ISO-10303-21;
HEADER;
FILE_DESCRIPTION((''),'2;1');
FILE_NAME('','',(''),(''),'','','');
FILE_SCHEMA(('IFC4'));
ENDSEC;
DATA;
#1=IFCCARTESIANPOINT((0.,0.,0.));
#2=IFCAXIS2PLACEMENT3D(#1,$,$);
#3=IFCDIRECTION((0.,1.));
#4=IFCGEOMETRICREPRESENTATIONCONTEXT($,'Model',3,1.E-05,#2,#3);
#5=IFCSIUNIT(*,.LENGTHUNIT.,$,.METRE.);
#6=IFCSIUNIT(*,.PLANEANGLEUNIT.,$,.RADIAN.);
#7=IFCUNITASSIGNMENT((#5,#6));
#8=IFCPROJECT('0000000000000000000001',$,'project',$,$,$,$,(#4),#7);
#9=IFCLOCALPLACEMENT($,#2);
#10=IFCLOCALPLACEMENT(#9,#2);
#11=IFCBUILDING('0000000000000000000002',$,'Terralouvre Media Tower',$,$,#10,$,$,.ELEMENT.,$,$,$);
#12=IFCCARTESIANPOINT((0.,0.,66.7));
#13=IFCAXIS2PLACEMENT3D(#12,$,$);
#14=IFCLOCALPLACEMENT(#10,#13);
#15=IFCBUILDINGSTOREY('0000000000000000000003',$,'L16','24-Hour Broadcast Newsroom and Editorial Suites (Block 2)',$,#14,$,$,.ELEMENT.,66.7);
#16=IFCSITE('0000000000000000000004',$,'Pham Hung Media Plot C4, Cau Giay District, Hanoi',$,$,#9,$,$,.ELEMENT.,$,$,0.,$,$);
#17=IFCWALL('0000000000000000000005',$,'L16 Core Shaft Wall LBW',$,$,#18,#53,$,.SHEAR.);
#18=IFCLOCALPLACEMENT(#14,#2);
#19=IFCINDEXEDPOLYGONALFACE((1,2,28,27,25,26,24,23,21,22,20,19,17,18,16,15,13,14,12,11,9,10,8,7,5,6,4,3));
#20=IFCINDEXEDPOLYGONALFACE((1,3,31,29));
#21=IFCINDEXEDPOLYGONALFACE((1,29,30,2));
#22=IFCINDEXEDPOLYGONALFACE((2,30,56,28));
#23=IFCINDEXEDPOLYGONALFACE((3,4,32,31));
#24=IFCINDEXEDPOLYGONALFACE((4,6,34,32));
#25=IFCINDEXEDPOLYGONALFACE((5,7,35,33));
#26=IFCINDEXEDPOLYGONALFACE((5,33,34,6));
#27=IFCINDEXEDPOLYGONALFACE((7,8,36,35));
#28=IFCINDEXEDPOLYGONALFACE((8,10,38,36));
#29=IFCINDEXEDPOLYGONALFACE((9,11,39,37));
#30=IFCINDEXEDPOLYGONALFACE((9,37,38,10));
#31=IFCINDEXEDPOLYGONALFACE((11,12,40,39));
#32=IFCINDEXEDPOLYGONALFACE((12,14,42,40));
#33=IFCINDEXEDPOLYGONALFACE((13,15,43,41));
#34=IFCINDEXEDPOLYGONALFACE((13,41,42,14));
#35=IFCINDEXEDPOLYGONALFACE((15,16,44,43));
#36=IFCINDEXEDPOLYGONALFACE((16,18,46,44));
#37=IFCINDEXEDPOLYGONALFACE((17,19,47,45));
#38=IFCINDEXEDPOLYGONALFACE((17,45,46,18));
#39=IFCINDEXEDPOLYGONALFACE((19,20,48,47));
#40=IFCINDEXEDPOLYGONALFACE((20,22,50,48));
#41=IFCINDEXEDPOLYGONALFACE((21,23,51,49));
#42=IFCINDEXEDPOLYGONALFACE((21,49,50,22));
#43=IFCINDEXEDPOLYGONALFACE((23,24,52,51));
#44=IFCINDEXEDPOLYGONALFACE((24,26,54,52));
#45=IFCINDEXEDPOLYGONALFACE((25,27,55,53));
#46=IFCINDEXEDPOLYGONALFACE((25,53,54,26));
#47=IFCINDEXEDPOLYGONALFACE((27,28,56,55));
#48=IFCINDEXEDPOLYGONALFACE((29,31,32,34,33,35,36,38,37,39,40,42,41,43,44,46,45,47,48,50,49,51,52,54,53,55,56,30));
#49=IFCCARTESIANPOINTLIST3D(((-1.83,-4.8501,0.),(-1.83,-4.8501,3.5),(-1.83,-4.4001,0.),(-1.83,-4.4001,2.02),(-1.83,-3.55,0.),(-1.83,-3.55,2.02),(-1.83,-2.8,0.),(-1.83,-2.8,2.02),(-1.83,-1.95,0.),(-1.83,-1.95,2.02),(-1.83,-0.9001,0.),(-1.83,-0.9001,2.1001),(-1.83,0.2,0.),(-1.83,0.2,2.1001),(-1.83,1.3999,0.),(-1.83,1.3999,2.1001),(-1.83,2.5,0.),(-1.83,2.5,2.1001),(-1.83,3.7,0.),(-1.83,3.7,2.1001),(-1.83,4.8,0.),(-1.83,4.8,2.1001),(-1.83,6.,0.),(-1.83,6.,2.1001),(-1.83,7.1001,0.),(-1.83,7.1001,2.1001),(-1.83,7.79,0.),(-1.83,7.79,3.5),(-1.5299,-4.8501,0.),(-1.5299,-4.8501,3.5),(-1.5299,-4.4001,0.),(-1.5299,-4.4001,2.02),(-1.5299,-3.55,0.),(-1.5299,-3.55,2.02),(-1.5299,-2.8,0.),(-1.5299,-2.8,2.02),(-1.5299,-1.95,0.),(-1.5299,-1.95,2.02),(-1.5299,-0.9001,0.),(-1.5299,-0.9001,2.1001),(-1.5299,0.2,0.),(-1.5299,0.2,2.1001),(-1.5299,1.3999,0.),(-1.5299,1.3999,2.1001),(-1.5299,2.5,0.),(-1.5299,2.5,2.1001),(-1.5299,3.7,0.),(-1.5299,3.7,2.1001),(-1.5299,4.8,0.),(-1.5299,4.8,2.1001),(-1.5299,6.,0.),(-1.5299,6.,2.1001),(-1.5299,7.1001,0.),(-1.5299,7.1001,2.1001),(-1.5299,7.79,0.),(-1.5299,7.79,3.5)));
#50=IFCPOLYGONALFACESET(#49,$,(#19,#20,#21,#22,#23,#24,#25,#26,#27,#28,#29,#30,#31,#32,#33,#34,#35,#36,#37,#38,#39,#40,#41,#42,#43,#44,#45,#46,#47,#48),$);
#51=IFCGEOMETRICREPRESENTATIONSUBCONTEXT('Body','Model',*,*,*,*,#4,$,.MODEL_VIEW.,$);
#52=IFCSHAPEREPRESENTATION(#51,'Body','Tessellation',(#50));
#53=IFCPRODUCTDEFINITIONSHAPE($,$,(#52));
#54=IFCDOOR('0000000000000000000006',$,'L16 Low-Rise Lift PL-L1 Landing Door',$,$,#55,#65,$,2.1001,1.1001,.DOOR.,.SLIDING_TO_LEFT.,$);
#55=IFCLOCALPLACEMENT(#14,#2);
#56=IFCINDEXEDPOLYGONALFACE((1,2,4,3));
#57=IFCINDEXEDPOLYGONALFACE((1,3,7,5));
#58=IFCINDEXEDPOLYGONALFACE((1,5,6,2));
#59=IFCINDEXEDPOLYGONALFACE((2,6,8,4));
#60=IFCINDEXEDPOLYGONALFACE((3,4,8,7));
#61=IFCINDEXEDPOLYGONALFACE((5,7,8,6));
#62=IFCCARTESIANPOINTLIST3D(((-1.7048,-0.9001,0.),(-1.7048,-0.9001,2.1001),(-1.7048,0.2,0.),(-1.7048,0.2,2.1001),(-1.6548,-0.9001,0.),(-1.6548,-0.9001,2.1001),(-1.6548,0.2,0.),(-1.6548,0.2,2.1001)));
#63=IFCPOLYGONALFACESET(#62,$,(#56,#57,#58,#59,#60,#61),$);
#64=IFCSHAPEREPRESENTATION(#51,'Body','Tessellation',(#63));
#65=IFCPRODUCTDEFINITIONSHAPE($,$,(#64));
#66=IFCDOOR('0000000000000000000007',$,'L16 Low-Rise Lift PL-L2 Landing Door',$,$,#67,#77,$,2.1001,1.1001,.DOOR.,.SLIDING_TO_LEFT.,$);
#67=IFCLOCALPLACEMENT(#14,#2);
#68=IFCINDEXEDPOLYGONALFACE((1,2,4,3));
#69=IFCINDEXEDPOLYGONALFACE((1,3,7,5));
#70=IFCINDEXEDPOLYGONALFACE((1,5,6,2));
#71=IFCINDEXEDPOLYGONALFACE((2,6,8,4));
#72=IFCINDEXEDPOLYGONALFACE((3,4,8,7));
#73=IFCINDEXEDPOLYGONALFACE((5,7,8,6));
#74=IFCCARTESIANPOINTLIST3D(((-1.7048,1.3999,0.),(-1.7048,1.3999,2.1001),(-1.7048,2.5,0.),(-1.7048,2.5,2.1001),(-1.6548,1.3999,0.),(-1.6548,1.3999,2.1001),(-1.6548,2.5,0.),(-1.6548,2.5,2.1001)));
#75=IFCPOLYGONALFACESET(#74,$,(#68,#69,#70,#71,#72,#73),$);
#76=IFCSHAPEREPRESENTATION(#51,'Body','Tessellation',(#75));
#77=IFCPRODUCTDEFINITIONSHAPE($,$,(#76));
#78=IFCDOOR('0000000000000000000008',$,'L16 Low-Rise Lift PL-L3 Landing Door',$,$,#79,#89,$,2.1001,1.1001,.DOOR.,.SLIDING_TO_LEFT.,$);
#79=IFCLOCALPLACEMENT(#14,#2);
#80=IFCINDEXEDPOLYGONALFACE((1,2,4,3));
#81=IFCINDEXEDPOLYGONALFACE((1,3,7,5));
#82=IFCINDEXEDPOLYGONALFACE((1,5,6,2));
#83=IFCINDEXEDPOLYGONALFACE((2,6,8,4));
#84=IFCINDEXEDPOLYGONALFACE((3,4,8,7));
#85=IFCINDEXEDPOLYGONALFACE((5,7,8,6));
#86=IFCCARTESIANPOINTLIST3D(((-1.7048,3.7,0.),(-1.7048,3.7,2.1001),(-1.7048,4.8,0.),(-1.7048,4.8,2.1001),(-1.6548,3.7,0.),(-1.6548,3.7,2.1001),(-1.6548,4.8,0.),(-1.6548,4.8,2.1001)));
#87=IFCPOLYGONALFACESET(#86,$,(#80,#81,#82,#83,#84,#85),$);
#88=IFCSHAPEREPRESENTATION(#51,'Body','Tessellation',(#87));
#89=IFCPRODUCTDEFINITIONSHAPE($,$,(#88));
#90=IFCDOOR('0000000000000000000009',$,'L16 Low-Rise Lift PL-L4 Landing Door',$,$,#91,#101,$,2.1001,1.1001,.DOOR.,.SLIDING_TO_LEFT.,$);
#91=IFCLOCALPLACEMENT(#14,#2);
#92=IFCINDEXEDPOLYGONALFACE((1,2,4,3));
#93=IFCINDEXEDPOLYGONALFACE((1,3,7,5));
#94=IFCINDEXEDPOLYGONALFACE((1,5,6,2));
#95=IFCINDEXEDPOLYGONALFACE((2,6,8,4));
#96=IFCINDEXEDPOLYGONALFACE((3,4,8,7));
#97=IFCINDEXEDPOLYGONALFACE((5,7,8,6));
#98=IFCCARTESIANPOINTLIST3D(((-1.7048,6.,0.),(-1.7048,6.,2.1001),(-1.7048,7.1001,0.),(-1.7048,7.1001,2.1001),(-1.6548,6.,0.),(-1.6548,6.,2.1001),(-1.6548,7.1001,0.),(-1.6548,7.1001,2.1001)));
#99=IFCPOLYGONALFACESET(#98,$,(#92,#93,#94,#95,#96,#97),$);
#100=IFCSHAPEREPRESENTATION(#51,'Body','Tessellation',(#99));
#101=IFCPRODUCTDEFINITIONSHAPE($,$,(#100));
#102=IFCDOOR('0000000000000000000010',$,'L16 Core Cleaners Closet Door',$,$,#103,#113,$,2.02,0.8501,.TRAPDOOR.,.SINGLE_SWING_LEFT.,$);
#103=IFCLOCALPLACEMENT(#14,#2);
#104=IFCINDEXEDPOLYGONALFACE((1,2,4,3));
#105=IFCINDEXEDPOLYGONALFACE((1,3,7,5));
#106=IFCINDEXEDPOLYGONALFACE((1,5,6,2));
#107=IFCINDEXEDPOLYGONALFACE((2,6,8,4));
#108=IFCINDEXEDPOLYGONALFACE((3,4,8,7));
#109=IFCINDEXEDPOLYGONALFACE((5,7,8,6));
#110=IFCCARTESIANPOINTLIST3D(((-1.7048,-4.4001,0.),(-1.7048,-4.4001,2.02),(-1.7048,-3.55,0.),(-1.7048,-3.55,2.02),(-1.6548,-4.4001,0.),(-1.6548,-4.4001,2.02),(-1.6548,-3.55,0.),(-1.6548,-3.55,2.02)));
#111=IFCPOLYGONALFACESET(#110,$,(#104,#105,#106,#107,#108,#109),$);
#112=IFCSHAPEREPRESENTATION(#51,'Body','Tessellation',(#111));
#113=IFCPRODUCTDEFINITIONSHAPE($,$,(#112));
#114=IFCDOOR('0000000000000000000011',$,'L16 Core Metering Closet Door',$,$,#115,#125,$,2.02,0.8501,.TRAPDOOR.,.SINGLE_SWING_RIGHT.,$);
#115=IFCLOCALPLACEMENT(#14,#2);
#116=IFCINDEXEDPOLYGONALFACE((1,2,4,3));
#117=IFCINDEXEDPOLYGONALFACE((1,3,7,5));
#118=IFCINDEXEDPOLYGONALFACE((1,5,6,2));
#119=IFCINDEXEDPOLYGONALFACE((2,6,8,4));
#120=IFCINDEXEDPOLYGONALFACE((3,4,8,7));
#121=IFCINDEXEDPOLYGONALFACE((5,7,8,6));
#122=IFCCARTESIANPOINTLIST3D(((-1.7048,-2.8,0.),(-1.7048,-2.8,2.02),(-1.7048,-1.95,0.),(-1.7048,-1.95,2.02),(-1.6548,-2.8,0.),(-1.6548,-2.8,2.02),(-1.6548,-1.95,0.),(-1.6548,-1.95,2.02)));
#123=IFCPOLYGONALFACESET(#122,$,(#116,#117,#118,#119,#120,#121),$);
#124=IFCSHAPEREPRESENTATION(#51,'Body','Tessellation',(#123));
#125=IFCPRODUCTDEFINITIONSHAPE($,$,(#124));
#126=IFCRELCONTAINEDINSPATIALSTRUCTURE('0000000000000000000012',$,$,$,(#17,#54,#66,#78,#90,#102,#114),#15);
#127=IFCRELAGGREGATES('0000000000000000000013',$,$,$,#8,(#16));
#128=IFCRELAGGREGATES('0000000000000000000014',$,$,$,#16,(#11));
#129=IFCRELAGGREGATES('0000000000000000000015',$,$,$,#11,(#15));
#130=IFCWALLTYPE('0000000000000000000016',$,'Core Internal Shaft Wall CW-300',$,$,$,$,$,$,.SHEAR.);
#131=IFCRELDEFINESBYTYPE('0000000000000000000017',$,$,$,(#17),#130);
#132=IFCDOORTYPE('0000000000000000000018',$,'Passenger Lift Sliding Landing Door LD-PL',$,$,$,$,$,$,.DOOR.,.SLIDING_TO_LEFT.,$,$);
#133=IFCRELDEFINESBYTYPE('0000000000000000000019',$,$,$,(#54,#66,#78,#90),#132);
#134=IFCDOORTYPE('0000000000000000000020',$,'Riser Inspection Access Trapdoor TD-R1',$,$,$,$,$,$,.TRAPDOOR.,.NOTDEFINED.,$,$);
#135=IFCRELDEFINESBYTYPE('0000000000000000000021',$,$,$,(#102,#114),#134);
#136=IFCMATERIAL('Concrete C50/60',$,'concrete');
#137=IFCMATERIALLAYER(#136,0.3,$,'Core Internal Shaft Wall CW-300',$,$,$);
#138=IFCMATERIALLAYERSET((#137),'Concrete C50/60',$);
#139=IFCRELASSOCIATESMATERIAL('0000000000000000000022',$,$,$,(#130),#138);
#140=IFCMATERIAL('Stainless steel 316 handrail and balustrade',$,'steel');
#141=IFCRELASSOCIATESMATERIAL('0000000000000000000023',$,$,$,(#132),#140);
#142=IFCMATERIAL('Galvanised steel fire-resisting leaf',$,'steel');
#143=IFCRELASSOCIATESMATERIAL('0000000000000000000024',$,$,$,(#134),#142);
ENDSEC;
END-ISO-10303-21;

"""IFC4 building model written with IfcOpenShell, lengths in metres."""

from ifc_helpers import new_model, si_unit, direction, frame, frame_2d, origin, place, context, subcontext, project, spatial, rectangle, extrude, material, layer, layer_set, type_object, element, fill, save


model = new_model("IFC4")

# Units and contexts
model_context = context("Model", 3, precision=1e-05, world=origin(), true_north=direction((0.0, 1.0)))
body_context = subcontext(model_context, "Body", "Model", "MODEL_VIEW")
ifc_project = project(units=[si_unit("LENGTHUNIT", "METRE"), si_unit("PLANEANGLEUNIT", "RADIAN")], contexts=[model_context])

# Site, building, storey
site_placement = place(None, origin())
site = spatial("IfcSite", under=ifc_project, at=site_placement, Name="Pham Hung Media Plot C4, Cau Giay District, Hanoi", CompositionType="ELEMENT", RefElevation=0.0)
building_placement = place(site_placement, origin())
building = spatial("IfcBuilding", under=site, at=building_placement, Name="Terralouvre Media Tower", CompositionType="ELEMENT")
storey_placement = place(building_placement, frame((0.0, 0.0, 66.7)))
storey = spatial("IfcBuildingStorey", under=building, at=storey_placement, Name="L16", Description="24-Hour Broadcast Newsroom and Editorial Suites (Block 2)", CompositionType="ELEMENT", Elevation=66.7)

# Shared definitions
ifc_material_1 = material(Name="Concrete C50/60", Category="concrete")
ifc_layer_1 = layer(ifc_material_1, 0.3, Name="Core Internal Shaft Wall CW-300")
ifc_layer_set_1 = layer_set([ifc_layer_1], Name="Concrete C50/60")
wall_type_1 = type_object("IfcWallType", Name="Core Internal Shaft Wall CW-300", PredefinedType="SHEAR", material=ifc_layer_set_1)

# Wall, openings, doors
wall_1_placement = place(storey_placement, frame((-1.6799, -4.8501, 0.0), z_axis=(0.0, 0.0, 1.0), x_axis=(0.0, 1.0, 0.0)))
wall_1 = element("IfcWall", 1, at=wall_1_placement, inside=storey, type_object=wall_type_1, Name="L16 Core Shaft Wall LBW", PredefinedType="SHEAR", context=body_context, shape_type="SweptSolid", body=[
    extrude(rectangle(XDim=12.6401, YDim=0.3, at=frame_2d((6.3201, 0.0))), origin(), (0.0, 0.0, 1.0), 3.5),
])
opening_1_placement = place(wall_1_placement, frame((3.95, 0.0, 0.0)))
opening_1 = element("IfcOpeningElement", 2, at=opening_1_placement, cuts=wall_1, PredefinedType="OPENING", context=body_context, shape_type="SweptSolid", body=[
    extrude(rectangle(XDim=1.1001, YDim=2.1001, at=frame_2d((0.55, 1.05))), frame((0.0, 0.1599, 0.0), z_axis=(0.0, -1.0, 0.0), x_axis=(1.0, 0.0, 0.0)), (0.0, 0.0, 1.0), 0.3201),
])
opening_2_placement = place(wall_1_placement, frame((6.25, 0.0, 0.0)))
opening_2 = element("IfcOpeningElement", 3, at=opening_2_placement, cuts=wall_1, PredefinedType="OPENING", context=body_context, shape_type="SweptSolid", body=[
    extrude(rectangle(XDim=1.1001, YDim=2.1001, at=frame_2d((0.55, 1.05))), frame((0.0, 0.1599, 0.0), z_axis=(0.0, -1.0, 0.0), x_axis=(1.0, 0.0, 0.0)), (0.0, 0.0, 1.0), 0.3201),
])
opening_3_placement = place(wall_1_placement, frame((8.55, 0.0, 0.0)))
opening_3 = element("IfcOpeningElement", 4, at=opening_3_placement, cuts=wall_1, PredefinedType="OPENING", context=body_context, shape_type="SweptSolid", body=[
    extrude(rectangle(XDim=1.1001, YDim=2.1001, at=frame_2d((0.55, 1.05))), frame((0.0, 0.1599, 0.0), z_axis=(0.0, -1.0, 0.0), x_axis=(1.0, 0.0, 0.0)), (0.0, 0.0, 1.0), 0.3201),
])
opening_4_placement = place(wall_1_placement, frame((10.8501, 0.0, 0.0)))
opening_4 = element("IfcOpeningElement", 5, at=opening_4_placement, cuts=wall_1, PredefinedType="OPENING", context=body_context, shape_type="SweptSolid", body=[
    extrude(rectangle(XDim=1.1001, YDim=2.1001, at=frame_2d((0.55, 1.05))), frame((0.0, 0.1599, 0.0), z_axis=(0.0, -1.0, 0.0), x_axis=(1.0, 0.0, 0.0)), (0.0, 0.0, 1.0), 0.3201),
])
opening_5_placement = place(wall_1_placement, frame((0.45, 0.0, 0.0)))
opening_5 = element("IfcOpeningElement", 6, at=opening_5_placement, cuts=wall_1, PredefinedType="OPENING", context=body_context, shape_type="SweptSolid", body=[
    extrude(rectangle(XDim=0.8501, YDim=2.02, at=frame_2d((0.425, 1.01))), frame((0.0, 0.1599, 0.0), z_axis=(0.0, -1.0, 0.0), x_axis=(1.0, 0.0, 0.0)), (0.0, 0.0, 1.0), 0.3201),
])
opening_6_placement = place(wall_1_placement, frame((2.05, 0.0, 0.0)))
opening_6 = element("IfcOpeningElement", 7, at=opening_6_placement, cuts=wall_1, PredefinedType="OPENING", context=body_context, shape_type="SweptSolid", body=[
    extrude(rectangle(XDim=0.8501, YDim=2.02, at=frame_2d((0.425, 1.01))), frame((0.0, 0.1599, 0.0), z_axis=(0.0, -1.0, 0.0), x_axis=(1.0, 0.0, 0.0)), (0.0, 0.0, 1.0), 0.3201),
])
ifc_material_2 = material(Name="Stainless steel 316 handrail and balustrade", Category="steel")
door_type_1 = type_object("IfcDoorType", Name="Passenger Lift Sliding Landing Door LD-PL", OperationType="SLIDING_TO_LEFT", PredefinedType="DOOR", material=ifc_material_2)
door_1_placement = place(opening_1_placement, origin())
door_1 = element("IfcDoor", 8, at=door_1_placement, inside=storey, type_object=door_type_1, Name="L16 Low-Rise Lift PL-L1 Landing Door", OperationType="SLIDING_TO_LEFT", OverallHeight=2.1001, OverallWidth=1.1001, PredefinedType="DOOR", context=body_context, shape_type="SweptSolid", body=[
    extrude(rectangle(XDim=1.1001, YDim=2.1001, at=frame_2d((0.55, 1.05))), frame((0.0, 0.0249, 0.0), z_axis=(0.0, -1.0, 0.0), x_axis=(1.0, 0.0, 0.0)), (0.0, 0.0, 1.0), 0.05),
])
fill(opening_1, door_1)
door_2_placement = place(opening_2_placement, origin())
door_2 = element("IfcDoor", 9, at=door_2_placement, inside=storey, type_object=door_type_1, Name="L16 Low-Rise Lift PL-L2 Landing Door", OperationType="SLIDING_TO_LEFT", OverallHeight=2.1001, OverallWidth=1.1001, PredefinedType="DOOR", context=body_context, shape_type="SweptSolid", body=[
    extrude(rectangle(XDim=1.1001, YDim=2.1001, at=frame_2d((0.55, 1.05))), frame((0.0, 0.0249, 0.0), z_axis=(0.0, -1.0, 0.0), x_axis=(1.0, 0.0, 0.0)), (0.0, 0.0, 1.0), 0.05),
])
fill(opening_2, door_2)
door_3_placement = place(opening_3_placement, origin())
door_3 = element("IfcDoor", 10, at=door_3_placement, inside=storey, type_object=door_type_1, Name="L16 Low-Rise Lift PL-L3 Landing Door", OperationType="SLIDING_TO_LEFT", OverallHeight=2.1001, OverallWidth=1.1001, PredefinedType="DOOR", context=body_context, shape_type="SweptSolid", body=[
    extrude(rectangle(XDim=1.1001, YDim=2.1001, at=frame_2d((0.55, 1.05))), frame((0.0, 0.0249, 0.0), z_axis=(0.0, -1.0, 0.0), x_axis=(1.0, 0.0, 0.0)), (0.0, 0.0, 1.0), 0.05),
])
fill(opening_3, door_3)
door_4_placement = place(opening_4_placement, origin())
door_4 = element("IfcDoor", 11, at=door_4_placement, inside=storey, type_object=door_type_1, Name="L16 Low-Rise Lift PL-L4 Landing Door", OperationType="SLIDING_TO_LEFT", OverallHeight=2.1001, OverallWidth=1.1001, PredefinedType="DOOR", context=body_context, shape_type="SweptSolid", body=[
    extrude(rectangle(XDim=1.1001, YDim=2.1001, at=frame_2d((0.55, 1.05))), frame((0.0, 0.0249, 0.0), z_axis=(0.0, -1.0, 0.0), x_axis=(1.0, 0.0, 0.0)), (0.0, 0.0, 1.0), 0.05),
])
fill(opening_4, door_4)
ifc_material_3 = material(Name="Galvanised steel fire-resisting leaf", Category="steel")
door_type_2 = type_object("IfcDoorType", Name="Riser Inspection Access Trapdoor TD-R1", OperationType="NOTDEFINED", PredefinedType="TRAPDOOR", material=ifc_material_3)
door_5_placement = place(opening_5_placement, origin())
door_5 = element("IfcDoor", 12, at=door_5_placement, inside=storey, type_object=door_type_2, Name="L16 Core Cleaners Closet Door", OperationType="SINGLE_SWING_LEFT", OverallHeight=2.02, OverallWidth=0.8501, PredefinedType="TRAPDOOR", context=body_context, shape_type="SweptSolid", body=[
    extrude(rectangle(XDim=0.8501, YDim=2.02, at=frame_2d((0.425, 1.01))), frame((0.0, 0.0249, 0.0), z_axis=(0.0, -1.0, 0.0), x_axis=(1.0, 0.0, 0.0)), (0.0, 0.0, 1.0), 0.05),
])
fill(opening_5, door_5)
door_6_placement = place(opening_6_placement, origin())
door_6 = element("IfcDoor", 13, at=door_6_placement, inside=storey, type_object=door_type_2, Name="L16 Core Metering Closet Door", OperationType="SINGLE_SWING_RIGHT", OverallHeight=2.02, OverallWidth=0.8501, PredefinedType="TRAPDOOR", context=body_context, shape_type="SweptSolid", body=[
    extrude(rectangle(XDim=0.8501, YDim=2.02, at=frame_2d((0.425, 1.01))), frame((0.0, 0.0249, 0.0), z_axis=(0.0, -1.0, 0.0), x_axis=(1.0, 0.0, 0.0)), (0.0, 0.0, 1.0), 0.05),
])
fill(opening_6, door_6)

save(model, "model.ifc")
